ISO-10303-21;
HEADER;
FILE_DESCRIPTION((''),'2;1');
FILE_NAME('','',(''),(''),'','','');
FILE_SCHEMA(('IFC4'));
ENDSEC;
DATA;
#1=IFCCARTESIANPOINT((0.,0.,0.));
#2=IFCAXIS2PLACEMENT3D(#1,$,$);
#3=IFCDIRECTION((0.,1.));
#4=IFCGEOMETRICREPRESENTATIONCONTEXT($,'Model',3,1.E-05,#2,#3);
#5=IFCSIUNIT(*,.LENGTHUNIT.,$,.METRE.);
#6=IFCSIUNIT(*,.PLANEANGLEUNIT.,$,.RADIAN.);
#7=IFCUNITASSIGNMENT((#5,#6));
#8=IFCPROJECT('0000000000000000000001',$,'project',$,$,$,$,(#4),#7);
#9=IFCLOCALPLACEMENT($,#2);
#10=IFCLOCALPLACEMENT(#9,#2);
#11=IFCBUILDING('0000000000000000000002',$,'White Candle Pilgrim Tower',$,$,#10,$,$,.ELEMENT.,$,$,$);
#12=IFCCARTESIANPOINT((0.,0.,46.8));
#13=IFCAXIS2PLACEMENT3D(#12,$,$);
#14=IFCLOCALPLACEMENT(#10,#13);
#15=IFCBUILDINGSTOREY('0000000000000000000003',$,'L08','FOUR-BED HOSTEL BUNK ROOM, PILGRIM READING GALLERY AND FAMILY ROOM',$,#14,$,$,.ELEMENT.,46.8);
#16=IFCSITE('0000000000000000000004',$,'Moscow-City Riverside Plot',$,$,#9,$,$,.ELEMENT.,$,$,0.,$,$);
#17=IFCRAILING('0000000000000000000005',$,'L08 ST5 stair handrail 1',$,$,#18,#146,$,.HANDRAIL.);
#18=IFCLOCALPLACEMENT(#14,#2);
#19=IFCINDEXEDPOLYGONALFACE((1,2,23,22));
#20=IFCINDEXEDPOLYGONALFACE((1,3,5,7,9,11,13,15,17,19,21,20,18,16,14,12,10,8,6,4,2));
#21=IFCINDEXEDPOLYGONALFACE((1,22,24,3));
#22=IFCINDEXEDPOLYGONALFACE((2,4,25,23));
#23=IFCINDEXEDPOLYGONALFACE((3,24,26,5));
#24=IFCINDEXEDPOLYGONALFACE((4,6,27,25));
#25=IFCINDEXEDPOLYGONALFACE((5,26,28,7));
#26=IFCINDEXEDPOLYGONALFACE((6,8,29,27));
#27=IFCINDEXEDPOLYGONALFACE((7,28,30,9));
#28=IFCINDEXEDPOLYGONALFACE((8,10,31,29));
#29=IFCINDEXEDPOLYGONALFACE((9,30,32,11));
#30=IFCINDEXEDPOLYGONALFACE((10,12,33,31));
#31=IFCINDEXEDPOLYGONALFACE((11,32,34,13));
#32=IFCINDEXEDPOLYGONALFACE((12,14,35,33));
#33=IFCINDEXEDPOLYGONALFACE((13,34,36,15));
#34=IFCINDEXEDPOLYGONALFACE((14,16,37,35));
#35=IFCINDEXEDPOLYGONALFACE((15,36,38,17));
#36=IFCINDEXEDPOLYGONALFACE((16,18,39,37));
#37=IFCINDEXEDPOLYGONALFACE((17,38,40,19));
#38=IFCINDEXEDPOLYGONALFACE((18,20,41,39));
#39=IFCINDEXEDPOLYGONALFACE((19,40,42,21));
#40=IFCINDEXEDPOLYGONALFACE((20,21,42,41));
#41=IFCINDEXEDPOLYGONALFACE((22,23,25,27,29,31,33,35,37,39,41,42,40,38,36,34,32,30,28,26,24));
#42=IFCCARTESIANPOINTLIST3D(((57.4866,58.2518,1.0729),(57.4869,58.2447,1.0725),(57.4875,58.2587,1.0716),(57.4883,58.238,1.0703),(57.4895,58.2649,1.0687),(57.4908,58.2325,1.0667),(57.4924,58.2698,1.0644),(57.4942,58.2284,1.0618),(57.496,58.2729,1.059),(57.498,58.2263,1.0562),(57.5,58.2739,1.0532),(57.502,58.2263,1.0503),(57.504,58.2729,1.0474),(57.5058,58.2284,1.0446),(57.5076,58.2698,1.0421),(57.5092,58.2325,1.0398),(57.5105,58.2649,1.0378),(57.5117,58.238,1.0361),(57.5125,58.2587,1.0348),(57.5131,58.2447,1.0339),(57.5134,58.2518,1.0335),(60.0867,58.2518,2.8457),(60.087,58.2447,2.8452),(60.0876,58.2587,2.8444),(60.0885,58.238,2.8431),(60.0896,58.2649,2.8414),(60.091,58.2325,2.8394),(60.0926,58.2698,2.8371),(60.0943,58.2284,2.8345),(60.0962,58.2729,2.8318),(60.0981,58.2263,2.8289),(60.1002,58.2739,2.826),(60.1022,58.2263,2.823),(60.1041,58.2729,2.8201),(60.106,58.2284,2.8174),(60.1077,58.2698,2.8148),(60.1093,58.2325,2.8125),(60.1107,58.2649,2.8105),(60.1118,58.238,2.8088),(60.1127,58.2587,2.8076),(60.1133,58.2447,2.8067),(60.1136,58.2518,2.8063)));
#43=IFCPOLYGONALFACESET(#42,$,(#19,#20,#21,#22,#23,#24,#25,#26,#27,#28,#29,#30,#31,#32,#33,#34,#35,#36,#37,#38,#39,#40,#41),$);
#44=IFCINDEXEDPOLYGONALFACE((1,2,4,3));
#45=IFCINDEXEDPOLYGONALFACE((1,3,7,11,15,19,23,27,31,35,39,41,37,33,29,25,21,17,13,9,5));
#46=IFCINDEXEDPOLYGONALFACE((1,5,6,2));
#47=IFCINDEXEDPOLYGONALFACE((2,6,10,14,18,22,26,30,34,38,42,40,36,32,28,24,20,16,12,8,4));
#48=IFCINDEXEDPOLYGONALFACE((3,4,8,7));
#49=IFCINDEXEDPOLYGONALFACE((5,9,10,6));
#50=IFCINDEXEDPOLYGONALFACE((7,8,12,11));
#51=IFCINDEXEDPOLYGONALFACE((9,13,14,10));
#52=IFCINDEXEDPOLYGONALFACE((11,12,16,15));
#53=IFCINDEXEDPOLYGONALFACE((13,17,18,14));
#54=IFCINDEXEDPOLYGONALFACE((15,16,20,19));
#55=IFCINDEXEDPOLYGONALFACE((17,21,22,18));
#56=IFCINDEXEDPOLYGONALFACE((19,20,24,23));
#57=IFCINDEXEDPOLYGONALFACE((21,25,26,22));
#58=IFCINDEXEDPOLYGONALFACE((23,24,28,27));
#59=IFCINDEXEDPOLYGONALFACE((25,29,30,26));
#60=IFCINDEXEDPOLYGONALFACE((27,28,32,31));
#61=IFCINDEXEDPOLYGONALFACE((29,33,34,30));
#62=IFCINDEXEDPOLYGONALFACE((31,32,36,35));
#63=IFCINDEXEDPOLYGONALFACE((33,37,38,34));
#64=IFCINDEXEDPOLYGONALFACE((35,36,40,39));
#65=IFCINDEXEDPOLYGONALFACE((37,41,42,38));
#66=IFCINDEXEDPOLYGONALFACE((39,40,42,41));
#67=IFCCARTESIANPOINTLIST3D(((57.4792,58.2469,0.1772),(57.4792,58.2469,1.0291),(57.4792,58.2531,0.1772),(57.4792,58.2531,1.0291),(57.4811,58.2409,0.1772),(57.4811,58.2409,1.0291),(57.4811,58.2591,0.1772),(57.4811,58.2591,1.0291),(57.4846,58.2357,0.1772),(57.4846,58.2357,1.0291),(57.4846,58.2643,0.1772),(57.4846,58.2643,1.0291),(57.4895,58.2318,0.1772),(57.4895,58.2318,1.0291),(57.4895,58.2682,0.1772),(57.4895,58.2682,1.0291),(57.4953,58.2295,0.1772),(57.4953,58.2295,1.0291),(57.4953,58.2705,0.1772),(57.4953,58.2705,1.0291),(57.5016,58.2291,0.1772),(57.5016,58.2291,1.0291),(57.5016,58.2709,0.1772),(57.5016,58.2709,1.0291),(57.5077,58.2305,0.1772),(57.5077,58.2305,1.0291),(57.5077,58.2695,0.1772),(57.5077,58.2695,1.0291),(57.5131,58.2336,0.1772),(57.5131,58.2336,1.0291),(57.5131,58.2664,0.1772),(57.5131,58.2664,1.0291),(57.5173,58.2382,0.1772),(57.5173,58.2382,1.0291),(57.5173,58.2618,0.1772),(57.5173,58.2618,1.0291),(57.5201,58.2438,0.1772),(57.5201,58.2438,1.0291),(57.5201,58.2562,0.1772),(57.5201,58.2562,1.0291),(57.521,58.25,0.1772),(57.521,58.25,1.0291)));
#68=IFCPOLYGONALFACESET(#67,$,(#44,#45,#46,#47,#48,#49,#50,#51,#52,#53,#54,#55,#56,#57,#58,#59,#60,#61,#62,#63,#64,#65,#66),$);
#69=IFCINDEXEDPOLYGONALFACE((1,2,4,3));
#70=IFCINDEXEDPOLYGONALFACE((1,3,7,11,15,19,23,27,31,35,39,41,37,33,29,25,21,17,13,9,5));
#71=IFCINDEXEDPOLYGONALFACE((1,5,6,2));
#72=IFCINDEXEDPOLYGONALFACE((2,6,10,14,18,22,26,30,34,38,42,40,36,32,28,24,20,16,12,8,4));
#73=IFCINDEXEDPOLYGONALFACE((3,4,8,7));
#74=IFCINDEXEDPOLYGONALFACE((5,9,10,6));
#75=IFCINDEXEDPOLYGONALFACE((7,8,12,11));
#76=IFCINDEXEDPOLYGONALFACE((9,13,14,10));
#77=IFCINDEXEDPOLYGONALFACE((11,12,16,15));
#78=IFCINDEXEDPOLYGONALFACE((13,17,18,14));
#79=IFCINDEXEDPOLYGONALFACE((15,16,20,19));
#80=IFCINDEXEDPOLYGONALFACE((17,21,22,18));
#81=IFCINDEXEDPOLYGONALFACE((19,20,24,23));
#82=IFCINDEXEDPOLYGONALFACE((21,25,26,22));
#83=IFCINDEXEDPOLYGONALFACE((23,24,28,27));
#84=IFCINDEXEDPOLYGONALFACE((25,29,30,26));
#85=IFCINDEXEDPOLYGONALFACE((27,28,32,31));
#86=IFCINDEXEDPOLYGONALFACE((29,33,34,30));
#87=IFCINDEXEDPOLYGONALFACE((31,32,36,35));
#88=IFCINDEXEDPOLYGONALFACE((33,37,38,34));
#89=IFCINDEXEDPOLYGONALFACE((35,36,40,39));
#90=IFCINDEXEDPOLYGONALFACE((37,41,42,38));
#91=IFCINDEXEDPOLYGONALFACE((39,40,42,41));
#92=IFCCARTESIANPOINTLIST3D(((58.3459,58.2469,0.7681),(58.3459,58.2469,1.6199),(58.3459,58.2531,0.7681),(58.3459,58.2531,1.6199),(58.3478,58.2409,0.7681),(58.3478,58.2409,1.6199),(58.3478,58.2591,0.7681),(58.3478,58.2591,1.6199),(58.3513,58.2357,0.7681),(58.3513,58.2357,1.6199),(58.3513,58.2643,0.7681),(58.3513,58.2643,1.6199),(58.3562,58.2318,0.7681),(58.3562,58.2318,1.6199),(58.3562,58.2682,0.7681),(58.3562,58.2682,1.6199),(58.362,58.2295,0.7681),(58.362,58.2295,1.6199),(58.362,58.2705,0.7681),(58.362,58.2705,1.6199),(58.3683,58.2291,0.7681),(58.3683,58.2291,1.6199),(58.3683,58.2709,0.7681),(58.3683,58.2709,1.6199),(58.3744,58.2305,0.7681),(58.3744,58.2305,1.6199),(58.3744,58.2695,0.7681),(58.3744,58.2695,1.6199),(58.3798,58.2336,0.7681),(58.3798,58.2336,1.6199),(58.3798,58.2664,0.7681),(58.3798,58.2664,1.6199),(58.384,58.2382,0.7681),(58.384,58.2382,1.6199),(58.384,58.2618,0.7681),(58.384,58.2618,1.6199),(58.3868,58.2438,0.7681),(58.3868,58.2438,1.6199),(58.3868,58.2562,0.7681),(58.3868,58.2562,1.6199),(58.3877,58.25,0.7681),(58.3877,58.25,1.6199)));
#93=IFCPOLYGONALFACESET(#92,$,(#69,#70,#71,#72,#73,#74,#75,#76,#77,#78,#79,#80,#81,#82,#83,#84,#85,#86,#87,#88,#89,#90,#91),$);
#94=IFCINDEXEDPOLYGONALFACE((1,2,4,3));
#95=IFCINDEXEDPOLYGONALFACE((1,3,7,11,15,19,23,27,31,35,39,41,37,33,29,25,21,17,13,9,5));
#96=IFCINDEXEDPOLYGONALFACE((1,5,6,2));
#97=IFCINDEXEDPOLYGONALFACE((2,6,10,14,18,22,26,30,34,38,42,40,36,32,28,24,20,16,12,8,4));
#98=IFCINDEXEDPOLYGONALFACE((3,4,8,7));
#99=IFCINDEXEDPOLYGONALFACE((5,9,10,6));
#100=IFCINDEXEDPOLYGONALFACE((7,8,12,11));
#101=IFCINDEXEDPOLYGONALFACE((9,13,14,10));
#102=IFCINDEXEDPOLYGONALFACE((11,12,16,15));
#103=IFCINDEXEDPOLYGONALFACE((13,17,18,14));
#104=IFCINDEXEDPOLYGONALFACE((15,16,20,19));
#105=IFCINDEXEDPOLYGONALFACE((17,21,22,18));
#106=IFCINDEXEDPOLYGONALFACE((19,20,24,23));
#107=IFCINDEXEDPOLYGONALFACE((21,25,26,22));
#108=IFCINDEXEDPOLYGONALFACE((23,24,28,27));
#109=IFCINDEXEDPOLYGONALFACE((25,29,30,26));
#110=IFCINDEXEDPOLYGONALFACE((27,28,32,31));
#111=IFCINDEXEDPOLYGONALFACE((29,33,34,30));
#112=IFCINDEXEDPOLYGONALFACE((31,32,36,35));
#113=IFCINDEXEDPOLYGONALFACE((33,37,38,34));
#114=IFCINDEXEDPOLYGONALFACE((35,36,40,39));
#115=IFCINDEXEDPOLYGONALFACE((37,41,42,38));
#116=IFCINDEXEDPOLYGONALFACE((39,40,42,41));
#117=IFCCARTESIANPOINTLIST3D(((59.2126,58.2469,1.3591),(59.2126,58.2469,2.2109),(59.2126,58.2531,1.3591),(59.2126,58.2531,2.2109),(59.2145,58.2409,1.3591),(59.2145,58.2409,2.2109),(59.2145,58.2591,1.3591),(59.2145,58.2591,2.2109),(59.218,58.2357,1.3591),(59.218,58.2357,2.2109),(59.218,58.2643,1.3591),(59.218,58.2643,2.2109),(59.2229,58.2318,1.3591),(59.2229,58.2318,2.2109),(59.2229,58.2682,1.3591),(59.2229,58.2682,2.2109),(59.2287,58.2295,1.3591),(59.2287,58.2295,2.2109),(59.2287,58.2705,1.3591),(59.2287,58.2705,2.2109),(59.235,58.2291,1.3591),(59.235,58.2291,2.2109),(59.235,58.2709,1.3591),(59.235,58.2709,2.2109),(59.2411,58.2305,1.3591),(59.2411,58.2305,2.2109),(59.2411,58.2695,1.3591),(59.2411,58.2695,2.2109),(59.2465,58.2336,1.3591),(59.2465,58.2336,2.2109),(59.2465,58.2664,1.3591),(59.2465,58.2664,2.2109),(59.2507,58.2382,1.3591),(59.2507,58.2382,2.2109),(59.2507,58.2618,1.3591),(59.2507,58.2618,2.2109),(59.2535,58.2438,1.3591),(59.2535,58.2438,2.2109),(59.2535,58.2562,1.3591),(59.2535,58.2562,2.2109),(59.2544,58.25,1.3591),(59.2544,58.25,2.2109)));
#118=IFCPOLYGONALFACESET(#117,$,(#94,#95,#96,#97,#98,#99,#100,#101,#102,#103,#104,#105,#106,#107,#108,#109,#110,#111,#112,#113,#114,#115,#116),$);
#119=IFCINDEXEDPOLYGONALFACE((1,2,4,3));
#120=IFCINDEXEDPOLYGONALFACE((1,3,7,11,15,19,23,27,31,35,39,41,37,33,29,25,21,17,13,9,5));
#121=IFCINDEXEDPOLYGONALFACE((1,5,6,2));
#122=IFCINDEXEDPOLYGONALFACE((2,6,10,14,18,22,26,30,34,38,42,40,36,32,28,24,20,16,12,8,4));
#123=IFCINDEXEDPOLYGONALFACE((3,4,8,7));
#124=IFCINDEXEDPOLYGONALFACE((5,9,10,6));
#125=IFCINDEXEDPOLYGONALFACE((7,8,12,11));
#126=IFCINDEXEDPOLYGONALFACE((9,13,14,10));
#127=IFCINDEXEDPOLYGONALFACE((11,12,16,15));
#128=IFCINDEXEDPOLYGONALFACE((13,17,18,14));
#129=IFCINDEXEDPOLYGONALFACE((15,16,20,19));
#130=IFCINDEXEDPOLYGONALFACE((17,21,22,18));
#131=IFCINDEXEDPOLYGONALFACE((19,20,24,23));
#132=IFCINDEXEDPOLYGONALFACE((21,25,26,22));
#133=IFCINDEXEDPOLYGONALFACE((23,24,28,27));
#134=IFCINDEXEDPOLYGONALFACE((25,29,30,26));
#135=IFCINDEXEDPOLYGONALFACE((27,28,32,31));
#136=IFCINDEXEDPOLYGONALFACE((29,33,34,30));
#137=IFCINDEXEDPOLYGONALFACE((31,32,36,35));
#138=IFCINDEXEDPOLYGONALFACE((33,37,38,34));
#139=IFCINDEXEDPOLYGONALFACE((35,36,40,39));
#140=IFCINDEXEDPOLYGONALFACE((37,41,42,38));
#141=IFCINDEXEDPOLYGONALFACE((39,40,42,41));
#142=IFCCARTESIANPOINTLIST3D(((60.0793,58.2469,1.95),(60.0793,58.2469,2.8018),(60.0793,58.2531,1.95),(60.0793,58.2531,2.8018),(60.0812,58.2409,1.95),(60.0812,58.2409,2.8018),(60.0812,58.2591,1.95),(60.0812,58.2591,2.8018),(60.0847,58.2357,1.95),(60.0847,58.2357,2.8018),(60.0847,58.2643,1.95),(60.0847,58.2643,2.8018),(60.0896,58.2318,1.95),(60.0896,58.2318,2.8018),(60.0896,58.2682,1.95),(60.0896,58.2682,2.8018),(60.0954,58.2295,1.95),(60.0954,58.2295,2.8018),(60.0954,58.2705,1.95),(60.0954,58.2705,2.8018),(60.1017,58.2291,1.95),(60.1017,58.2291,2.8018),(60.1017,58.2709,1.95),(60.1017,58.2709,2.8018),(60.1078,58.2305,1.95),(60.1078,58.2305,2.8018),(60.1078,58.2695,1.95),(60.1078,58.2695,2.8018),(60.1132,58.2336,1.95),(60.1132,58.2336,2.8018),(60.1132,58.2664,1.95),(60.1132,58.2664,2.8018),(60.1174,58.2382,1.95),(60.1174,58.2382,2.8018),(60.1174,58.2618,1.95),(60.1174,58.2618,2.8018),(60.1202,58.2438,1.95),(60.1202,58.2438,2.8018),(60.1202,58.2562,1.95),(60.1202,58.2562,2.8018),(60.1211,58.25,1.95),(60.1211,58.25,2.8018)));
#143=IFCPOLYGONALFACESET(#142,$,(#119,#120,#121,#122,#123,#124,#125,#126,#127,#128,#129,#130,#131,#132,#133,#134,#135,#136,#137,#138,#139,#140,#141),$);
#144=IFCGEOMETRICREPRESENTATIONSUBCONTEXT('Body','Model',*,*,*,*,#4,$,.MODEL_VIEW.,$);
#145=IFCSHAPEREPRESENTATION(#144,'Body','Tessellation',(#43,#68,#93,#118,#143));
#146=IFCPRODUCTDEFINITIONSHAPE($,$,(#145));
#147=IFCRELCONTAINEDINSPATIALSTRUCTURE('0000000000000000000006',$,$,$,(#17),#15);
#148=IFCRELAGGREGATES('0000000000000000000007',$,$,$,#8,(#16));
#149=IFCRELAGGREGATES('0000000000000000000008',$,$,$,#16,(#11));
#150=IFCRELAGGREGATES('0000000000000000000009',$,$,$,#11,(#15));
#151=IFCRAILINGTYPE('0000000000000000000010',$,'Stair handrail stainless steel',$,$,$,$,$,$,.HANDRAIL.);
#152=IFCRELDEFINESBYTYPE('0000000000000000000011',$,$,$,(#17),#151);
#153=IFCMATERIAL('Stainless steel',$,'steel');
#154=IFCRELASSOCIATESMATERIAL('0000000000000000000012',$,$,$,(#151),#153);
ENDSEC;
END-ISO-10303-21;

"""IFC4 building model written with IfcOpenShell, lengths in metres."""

from ifc_helpers import new_model, si_unit, direction, frame, origin, origin_2d, place, context, subcontext, project, spatial, circle, extrude, material, type_object, element, save


model = new_model("IFC4")

# Units and contexts
model_context = context("Model", 3, precision=1e-05, world=origin(), true_north=direction((0.0, 1.0)))
body_context = subcontext(model_context, "Body", "Model", "MODEL_VIEW")
ifc_project = project(units=[si_unit("LENGTHUNIT", "METRE"), si_unit("PLANEANGLEUNIT", "RADIAN")], contexts=[model_context])

# Site, building, storey
site_placement = place(None, origin())
site = spatial("IfcSite", under=ifc_project, at=site_placement, Name="Moscow-City Riverside Plot", CompositionType="ELEMENT", RefElevation=0.0)
building_placement = place(site_placement, origin())
building = spatial("IfcBuilding", under=site, at=building_placement, Name="White Candle Pilgrim Tower", CompositionType="ELEMENT")
storey_placement = place(building_placement, frame((0.0, 0.0, 46.8)))
storey = spatial("IfcBuildingStorey", under=building, at=storey_placement, Name="L08", Description="FOUR-BED HOSTEL BUNK ROOM, PILGRIM READING GALLERY AND FAMILY ROOM", CompositionType="ELEMENT", Elevation=46.8)

# Railing
ifc_material_1 = material(Name="Stainless steel", Category="steel")
railing_type_1 = type_object("IfcRailingType", Name="Stair handrail stainless steel", PredefinedType="HANDRAIL", material=ifc_material_1)
railing_1_placement = place(storey_placement, frame((57.5, 58.25, 0.1772)))
element("IfcRailing", 1, at=railing_1_placement, inside=storey, type_object=railing_type_1, Name="L08 ST5 stair handrail 1", PredefinedType="HANDRAIL", context=body_context, shape_type="SweptSolid", body=[
    extrude(circle(Radius=0.0239, at=origin_2d()), frame((0.0, 0.0, 0.876), z_axis=(0.82624, 0.0, 0.563318), x_axis=(0.0, 1.0, 0.0)), (0.0, 0.0, 1.0), 3.147),
    extrude(circle(Radius=0.021, at=origin_2d()), origin(), (0.0, 0.0, 1.0), 0.8518),
    extrude(circle(Radius=0.021, at=origin_2d()), frame((0.8667, 0.0, 0.5908)), (0.0, 0.0, 1.0), 0.8518),
    extrude(circle(Radius=0.021, at=origin_2d()), frame((1.7334, 0.0, 1.1819)), (0.0, 0.0, 1.0), 0.8518),
    extrude(circle(Radius=0.021, at=origin_2d()), frame((2.6001, 0.0, 1.7727)), (0.0, 0.0, 1.0), 0.8518),
])

save(model, "model.ifc")
